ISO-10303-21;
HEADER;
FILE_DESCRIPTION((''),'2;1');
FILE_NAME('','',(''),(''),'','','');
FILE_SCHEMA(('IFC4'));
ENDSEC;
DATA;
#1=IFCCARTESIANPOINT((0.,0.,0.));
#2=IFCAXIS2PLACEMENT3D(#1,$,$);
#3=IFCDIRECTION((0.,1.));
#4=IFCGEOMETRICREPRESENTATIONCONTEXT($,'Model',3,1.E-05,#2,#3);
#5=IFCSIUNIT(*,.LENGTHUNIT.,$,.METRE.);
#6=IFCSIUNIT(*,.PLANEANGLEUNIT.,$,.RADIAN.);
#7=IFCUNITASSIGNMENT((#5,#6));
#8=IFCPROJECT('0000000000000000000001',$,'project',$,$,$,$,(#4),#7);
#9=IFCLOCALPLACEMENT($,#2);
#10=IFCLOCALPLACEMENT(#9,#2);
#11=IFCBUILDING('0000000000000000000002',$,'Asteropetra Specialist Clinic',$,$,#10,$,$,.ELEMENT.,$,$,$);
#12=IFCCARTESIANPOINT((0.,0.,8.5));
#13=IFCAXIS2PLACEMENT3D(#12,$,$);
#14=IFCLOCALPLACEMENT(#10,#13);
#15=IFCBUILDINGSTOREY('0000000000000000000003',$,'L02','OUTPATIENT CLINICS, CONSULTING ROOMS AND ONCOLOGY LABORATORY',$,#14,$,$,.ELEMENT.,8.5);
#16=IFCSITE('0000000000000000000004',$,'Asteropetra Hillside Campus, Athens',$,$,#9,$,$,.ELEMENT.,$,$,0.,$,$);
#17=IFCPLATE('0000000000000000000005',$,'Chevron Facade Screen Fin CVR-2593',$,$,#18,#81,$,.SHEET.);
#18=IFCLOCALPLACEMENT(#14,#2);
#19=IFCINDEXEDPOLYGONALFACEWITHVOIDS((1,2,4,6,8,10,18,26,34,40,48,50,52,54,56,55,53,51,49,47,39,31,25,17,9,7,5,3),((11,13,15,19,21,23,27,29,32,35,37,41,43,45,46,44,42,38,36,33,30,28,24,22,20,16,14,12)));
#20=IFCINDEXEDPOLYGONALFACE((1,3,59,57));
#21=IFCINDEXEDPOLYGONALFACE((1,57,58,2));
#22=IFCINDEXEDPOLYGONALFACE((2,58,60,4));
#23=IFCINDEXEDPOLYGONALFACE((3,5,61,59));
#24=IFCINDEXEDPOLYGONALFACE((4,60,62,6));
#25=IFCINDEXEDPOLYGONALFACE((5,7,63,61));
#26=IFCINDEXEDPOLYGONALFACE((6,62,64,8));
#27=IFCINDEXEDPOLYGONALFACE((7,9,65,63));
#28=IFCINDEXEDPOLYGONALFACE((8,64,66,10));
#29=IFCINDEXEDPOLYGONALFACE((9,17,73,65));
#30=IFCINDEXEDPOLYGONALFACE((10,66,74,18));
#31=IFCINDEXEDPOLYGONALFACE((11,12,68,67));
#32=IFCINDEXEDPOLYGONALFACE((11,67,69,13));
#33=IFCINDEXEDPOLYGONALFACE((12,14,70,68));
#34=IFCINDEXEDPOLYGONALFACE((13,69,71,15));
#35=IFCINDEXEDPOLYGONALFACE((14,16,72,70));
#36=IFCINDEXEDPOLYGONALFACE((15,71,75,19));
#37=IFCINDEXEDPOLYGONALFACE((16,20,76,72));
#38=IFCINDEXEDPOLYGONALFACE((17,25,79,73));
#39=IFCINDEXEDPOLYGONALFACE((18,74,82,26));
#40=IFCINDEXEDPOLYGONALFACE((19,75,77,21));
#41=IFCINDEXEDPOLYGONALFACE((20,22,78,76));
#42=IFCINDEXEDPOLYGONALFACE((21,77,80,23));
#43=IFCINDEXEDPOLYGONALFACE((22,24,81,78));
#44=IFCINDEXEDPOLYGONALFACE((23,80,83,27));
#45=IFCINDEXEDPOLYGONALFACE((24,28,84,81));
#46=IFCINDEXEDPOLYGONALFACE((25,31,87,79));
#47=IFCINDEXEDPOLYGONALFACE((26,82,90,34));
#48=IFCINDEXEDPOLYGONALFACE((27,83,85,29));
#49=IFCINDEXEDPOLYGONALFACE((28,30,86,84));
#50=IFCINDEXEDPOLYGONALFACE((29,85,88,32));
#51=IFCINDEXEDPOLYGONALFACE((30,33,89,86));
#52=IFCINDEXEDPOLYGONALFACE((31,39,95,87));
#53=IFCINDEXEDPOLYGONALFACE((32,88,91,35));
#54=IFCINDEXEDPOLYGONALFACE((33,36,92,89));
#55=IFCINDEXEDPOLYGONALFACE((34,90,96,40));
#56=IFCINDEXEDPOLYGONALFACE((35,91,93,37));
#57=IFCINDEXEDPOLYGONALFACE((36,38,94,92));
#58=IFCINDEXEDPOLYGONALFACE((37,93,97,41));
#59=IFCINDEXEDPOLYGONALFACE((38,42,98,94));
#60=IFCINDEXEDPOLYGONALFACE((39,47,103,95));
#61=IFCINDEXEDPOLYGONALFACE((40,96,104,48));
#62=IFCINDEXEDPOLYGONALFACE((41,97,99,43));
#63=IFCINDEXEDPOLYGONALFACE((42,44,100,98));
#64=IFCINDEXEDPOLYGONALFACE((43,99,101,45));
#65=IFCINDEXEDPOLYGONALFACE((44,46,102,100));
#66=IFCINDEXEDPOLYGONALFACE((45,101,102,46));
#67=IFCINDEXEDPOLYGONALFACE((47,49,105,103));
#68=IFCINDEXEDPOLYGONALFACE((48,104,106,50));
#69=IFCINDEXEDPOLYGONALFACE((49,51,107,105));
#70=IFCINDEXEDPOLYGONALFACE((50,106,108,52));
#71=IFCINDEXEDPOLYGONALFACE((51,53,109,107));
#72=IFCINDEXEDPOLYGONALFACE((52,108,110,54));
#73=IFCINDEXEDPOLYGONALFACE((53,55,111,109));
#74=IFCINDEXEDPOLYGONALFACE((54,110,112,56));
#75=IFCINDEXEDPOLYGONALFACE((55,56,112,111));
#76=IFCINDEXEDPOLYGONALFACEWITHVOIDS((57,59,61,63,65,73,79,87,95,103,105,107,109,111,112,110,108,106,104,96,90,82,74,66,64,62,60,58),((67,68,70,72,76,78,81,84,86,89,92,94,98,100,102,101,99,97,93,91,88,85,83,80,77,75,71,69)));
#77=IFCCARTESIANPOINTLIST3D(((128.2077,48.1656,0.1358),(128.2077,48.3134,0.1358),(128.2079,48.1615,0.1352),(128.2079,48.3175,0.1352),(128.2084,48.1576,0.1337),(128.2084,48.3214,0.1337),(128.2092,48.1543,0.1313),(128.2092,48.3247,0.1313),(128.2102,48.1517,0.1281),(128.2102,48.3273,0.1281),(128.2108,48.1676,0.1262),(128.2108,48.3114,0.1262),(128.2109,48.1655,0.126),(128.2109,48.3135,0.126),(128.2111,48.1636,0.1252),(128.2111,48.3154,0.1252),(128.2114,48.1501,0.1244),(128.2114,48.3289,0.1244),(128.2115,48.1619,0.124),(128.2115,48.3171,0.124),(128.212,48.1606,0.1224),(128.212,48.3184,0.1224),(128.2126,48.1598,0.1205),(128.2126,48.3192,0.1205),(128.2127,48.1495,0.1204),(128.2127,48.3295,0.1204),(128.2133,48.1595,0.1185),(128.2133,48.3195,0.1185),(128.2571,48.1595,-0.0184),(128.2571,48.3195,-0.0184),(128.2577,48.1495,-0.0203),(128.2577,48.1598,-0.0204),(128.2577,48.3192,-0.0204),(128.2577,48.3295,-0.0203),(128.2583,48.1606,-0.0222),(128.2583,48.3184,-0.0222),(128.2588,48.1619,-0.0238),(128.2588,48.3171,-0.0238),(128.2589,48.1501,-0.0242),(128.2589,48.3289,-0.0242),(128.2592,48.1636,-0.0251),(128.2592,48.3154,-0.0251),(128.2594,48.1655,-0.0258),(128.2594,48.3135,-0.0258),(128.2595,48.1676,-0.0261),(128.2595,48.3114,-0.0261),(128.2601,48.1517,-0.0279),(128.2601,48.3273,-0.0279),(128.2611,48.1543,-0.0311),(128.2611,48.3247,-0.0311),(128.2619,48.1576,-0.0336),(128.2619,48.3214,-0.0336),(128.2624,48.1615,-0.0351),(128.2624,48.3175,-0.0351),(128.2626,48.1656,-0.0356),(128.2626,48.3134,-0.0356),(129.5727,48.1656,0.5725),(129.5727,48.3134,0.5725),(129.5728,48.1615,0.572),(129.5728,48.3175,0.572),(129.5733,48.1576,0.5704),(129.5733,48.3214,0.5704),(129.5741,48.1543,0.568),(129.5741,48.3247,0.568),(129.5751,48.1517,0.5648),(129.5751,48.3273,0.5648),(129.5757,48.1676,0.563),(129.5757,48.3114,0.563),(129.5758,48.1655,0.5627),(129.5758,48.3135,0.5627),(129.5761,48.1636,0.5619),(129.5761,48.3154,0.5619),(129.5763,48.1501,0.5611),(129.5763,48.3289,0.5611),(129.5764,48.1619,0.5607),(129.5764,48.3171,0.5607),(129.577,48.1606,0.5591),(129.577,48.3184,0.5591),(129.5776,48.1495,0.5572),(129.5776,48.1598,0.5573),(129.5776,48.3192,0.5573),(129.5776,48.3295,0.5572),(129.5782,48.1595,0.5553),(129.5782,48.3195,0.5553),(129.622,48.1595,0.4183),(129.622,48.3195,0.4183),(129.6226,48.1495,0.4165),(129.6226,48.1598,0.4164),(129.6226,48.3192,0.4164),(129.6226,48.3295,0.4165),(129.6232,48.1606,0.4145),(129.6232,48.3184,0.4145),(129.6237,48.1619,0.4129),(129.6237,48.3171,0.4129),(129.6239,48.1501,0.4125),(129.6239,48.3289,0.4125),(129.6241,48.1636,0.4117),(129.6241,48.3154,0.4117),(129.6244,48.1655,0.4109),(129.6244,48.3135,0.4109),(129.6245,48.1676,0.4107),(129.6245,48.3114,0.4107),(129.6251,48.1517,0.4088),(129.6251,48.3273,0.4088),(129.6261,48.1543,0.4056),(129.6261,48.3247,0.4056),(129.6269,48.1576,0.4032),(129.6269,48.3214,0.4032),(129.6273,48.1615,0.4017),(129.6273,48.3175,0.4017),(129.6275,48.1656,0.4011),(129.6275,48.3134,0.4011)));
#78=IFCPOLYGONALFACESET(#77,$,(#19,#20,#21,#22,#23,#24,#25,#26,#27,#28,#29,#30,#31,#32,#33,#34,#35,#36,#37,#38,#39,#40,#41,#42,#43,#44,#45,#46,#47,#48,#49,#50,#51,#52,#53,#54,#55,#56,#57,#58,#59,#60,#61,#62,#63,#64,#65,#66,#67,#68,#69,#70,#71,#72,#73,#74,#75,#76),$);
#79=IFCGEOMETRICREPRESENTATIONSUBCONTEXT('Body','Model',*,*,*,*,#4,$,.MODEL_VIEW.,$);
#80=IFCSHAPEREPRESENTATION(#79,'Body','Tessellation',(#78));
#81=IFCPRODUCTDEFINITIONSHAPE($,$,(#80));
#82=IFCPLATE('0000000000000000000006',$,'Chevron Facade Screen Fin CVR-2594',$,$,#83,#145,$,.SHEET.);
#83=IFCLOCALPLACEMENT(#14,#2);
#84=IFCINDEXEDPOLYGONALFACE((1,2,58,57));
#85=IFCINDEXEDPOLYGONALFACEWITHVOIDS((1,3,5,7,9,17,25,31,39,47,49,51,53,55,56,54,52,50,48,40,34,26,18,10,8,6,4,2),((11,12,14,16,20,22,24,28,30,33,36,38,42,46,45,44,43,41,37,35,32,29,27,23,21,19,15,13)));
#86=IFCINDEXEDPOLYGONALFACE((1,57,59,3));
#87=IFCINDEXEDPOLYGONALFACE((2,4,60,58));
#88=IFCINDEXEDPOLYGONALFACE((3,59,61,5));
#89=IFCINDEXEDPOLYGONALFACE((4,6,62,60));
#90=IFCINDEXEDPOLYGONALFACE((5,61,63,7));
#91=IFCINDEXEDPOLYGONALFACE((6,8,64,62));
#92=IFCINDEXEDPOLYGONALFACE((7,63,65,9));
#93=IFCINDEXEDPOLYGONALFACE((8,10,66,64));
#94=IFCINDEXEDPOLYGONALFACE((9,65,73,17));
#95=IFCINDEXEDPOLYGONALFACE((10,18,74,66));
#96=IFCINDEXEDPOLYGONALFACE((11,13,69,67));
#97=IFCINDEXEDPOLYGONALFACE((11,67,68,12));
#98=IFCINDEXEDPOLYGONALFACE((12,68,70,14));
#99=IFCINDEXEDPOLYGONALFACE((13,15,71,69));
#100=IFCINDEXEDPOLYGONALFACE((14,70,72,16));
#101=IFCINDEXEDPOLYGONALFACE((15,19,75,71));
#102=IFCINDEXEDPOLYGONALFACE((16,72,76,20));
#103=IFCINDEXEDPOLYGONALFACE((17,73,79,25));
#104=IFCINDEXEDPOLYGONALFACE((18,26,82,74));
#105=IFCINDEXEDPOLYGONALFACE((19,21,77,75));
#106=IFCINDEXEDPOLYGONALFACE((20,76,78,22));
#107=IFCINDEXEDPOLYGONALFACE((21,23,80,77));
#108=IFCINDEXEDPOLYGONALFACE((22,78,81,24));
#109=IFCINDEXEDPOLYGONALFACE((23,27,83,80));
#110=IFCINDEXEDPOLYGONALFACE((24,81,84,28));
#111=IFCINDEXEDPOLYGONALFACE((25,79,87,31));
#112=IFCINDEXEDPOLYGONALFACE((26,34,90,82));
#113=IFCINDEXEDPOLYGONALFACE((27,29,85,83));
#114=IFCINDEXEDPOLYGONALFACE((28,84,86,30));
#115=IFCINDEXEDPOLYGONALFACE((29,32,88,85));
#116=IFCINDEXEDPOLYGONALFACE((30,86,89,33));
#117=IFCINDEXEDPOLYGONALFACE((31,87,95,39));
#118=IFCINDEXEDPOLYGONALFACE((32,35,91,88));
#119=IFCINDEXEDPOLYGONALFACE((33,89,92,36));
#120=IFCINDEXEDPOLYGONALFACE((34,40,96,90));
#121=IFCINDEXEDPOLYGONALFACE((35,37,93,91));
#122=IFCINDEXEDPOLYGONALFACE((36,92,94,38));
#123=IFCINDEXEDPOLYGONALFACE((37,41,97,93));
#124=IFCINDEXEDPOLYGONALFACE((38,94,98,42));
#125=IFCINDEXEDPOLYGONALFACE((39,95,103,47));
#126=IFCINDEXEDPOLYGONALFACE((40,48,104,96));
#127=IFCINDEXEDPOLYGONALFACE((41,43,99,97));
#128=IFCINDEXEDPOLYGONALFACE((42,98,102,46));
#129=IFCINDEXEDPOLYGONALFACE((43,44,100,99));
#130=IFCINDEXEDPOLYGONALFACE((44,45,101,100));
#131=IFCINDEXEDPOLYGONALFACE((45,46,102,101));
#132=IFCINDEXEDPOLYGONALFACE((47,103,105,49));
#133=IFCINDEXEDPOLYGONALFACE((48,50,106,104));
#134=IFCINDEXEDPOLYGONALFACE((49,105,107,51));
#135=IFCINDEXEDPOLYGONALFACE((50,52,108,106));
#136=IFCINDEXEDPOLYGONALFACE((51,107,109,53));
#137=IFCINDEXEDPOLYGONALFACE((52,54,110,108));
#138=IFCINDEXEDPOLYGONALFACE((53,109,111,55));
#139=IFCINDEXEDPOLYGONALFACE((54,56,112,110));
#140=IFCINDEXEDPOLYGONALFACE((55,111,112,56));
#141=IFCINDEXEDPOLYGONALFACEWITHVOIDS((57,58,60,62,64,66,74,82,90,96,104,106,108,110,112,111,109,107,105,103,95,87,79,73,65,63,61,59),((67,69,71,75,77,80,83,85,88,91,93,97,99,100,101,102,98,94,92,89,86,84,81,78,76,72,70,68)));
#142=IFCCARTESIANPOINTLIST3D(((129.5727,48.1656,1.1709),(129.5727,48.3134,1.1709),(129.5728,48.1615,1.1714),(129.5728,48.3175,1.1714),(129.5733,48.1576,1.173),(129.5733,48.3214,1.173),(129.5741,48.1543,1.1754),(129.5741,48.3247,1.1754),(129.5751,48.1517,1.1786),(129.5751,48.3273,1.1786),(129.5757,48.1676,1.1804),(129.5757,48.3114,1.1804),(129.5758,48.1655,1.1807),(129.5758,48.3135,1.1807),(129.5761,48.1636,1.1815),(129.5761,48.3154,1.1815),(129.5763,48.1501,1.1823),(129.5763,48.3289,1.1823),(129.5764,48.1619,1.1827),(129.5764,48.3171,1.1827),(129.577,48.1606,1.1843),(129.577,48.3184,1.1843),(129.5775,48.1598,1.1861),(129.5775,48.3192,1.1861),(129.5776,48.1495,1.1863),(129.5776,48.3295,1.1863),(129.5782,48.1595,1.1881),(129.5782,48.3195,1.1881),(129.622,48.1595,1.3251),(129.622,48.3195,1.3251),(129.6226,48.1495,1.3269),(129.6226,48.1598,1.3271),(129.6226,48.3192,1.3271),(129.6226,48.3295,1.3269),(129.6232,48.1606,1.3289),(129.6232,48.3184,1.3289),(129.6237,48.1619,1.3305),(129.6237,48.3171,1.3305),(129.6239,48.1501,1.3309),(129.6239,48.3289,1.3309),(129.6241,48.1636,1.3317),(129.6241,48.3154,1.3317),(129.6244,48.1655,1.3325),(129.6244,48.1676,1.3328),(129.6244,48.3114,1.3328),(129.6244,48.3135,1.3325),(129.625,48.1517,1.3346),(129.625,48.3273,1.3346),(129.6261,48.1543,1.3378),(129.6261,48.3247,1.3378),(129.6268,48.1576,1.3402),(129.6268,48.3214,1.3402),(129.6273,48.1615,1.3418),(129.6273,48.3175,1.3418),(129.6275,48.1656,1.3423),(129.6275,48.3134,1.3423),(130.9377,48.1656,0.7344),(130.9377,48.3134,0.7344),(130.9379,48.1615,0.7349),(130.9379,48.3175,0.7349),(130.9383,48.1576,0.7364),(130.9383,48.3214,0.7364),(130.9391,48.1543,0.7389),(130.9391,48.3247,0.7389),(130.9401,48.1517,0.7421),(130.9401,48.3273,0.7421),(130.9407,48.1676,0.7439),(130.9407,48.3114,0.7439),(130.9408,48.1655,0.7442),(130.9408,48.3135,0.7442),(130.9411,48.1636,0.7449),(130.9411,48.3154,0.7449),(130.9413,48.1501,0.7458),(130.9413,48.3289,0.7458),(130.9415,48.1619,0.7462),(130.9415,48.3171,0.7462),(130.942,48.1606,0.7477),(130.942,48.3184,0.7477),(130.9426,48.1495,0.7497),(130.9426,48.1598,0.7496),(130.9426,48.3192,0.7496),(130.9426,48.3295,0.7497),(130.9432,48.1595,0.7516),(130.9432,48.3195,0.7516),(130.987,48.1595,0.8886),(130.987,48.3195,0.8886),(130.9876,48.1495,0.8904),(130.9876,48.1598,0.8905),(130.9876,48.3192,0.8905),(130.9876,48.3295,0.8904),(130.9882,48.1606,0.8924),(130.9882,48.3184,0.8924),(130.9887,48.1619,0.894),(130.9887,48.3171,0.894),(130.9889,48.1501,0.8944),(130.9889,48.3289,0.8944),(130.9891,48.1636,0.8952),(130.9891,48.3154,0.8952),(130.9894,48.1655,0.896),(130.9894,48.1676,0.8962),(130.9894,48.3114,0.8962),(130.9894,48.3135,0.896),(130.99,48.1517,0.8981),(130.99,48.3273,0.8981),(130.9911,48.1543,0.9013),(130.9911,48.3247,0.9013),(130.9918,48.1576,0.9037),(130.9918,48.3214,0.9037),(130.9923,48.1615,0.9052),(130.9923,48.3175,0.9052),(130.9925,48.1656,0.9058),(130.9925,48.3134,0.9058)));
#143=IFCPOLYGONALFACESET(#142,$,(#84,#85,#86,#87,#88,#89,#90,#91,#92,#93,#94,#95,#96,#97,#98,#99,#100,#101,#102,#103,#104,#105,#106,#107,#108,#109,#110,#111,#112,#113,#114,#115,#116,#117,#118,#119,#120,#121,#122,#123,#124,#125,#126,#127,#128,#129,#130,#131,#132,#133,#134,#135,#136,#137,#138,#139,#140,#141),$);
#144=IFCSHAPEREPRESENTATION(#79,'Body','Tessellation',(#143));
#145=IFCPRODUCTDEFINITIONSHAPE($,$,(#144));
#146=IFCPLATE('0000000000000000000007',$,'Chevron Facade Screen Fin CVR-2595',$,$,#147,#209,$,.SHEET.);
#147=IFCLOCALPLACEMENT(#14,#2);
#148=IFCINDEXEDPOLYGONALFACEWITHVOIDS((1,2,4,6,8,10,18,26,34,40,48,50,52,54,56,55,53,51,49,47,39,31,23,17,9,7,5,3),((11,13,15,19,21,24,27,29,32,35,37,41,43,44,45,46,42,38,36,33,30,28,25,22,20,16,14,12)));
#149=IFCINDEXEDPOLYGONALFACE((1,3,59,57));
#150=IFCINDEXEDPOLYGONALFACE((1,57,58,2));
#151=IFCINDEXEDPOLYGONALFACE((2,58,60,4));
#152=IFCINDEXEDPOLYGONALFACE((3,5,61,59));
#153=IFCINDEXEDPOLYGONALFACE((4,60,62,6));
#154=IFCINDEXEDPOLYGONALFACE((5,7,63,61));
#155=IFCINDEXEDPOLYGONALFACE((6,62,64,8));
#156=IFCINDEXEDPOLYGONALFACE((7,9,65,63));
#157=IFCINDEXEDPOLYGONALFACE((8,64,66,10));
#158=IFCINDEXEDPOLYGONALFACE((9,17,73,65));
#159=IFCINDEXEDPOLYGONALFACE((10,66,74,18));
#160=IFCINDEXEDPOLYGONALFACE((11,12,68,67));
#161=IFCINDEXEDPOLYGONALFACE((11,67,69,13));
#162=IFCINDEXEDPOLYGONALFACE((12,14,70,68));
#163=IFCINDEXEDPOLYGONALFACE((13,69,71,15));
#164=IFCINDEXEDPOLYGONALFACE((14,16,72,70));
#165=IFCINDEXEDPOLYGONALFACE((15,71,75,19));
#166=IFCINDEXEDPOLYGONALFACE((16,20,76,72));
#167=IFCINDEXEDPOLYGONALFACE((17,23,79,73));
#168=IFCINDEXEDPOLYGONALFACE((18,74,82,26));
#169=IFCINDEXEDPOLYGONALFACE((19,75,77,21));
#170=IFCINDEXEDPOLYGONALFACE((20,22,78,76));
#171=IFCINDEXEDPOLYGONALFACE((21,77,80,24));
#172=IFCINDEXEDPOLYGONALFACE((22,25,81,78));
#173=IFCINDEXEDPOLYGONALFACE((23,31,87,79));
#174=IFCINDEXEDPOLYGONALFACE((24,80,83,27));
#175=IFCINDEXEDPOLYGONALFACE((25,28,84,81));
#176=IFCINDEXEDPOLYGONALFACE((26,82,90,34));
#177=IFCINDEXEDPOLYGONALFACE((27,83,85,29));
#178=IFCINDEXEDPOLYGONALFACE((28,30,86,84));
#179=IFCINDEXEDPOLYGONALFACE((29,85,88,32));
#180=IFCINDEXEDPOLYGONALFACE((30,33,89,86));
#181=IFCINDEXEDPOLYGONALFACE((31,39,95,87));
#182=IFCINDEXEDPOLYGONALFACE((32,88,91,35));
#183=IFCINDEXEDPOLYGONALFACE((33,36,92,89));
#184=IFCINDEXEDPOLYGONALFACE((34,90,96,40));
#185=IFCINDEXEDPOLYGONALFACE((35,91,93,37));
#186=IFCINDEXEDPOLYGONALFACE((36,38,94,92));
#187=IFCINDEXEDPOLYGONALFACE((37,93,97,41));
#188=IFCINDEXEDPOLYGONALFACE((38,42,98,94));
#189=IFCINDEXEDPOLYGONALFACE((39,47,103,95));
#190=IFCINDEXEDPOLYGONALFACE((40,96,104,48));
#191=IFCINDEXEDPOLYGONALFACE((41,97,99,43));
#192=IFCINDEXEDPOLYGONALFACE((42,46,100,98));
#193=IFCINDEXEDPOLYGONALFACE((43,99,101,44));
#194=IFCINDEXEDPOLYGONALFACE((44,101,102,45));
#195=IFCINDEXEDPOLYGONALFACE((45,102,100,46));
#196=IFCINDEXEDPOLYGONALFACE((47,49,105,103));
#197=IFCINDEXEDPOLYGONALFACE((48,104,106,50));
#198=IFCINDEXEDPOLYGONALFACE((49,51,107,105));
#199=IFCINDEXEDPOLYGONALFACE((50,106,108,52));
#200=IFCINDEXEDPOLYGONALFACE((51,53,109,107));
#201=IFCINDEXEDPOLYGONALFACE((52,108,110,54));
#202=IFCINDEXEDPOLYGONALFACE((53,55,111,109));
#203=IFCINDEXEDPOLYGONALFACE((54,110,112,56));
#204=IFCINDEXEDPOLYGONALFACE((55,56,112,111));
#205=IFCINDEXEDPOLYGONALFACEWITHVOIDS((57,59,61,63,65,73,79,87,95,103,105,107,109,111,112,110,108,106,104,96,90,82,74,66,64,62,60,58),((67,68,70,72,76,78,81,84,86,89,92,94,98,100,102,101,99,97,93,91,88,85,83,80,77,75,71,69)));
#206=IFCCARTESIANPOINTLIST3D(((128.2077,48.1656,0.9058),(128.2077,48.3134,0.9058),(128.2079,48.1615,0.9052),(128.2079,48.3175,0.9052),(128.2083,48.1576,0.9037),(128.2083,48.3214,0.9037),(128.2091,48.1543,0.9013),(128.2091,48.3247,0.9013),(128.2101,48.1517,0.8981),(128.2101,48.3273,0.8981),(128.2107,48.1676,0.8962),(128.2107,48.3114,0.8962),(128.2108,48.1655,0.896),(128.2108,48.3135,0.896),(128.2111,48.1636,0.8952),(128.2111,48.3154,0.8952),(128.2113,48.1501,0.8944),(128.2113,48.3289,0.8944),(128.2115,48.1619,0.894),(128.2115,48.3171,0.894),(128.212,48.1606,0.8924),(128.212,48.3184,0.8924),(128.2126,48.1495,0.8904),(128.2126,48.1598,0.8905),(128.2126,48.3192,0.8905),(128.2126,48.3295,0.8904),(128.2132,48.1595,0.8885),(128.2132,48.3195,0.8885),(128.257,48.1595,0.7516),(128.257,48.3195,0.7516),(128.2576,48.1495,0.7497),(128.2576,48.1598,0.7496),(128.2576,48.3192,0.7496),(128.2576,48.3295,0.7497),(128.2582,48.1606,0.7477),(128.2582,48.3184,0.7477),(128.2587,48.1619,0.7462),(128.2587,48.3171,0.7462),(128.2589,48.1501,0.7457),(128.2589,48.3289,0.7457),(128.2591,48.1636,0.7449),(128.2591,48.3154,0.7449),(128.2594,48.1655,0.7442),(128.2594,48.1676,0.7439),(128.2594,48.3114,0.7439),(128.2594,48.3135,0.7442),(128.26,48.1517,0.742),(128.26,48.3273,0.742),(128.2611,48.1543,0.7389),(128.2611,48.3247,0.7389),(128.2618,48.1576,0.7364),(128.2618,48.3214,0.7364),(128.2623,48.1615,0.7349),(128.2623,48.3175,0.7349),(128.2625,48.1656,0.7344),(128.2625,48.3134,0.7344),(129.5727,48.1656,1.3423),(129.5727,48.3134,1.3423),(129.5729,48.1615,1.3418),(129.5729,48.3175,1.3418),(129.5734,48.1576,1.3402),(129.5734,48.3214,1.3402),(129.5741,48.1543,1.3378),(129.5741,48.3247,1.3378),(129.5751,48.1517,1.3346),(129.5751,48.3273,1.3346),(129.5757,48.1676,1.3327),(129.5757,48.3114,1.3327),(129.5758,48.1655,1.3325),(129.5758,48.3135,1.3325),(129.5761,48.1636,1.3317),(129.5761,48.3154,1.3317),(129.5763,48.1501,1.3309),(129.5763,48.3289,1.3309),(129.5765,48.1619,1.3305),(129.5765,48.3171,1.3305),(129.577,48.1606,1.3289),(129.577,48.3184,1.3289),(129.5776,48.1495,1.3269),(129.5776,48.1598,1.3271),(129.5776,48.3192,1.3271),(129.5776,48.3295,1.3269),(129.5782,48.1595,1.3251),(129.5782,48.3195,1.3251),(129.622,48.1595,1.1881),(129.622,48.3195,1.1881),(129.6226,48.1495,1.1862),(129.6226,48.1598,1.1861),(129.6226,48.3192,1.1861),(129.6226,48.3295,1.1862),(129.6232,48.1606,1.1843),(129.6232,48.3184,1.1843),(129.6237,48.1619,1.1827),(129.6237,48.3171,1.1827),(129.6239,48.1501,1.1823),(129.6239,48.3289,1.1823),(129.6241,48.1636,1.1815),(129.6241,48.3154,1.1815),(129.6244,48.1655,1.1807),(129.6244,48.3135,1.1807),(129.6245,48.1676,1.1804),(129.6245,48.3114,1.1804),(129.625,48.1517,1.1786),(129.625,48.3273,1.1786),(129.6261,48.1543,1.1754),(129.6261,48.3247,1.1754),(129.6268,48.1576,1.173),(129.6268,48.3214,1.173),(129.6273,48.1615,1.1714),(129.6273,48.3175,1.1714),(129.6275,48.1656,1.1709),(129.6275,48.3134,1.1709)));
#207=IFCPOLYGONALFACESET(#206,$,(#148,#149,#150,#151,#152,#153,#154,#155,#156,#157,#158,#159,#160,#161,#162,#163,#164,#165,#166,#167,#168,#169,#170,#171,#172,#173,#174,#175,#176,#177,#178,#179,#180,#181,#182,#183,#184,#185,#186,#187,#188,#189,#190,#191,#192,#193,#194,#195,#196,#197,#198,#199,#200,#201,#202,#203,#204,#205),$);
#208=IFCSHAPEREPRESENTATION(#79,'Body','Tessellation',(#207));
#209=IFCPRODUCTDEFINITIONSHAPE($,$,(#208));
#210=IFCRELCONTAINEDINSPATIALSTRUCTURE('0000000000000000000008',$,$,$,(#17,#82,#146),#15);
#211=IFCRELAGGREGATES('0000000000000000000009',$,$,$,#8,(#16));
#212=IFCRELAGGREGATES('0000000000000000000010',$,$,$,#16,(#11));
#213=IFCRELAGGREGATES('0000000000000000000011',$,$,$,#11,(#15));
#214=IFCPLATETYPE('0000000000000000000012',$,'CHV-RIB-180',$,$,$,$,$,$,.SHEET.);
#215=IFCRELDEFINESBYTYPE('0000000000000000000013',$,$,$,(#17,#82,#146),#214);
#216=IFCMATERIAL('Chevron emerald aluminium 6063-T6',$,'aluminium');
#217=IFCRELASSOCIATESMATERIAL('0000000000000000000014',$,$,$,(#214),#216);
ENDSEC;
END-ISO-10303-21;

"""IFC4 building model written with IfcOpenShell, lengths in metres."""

from ifc_helpers import new_model, si_unit, direction, frame, origin, origin_2d, place, context, subcontext, project, spatial, hollow_rectangle, extrude, material, material_profile, profile_set, type_object, element, save


model = new_model("IFC4")

# Units and contexts
model_context = context("Model", 3, precision=1e-05, world=origin(), true_north=direction((0.0, 1.0)))
body_context = subcontext(model_context, "Body", "Model", "MODEL_VIEW")
ifc_project = project(units=[si_unit("LENGTHUNIT", "METRE"), si_unit("PLANEANGLEUNIT", "RADIAN")], contexts=[model_context])

# Site, building, storey
site_placement = place(None, origin())
site = spatial("IfcSite", under=ifc_project, at=site_placement, Name="Asteropetra Hillside Campus, Athens", CompositionType="ELEMENT", RefElevation=0.0)
building_placement = place(site_placement, origin())
building = spatial("IfcBuilding", under=site, at=building_placement, Name="Asteropetra Specialist Clinic", CompositionType="ELEMENT")
storey_placement = place(building_placement, frame((0.0, 0.0, 8.5)))
storey = spatial("IfcBuildingStorey", under=building, at=storey_placement, Name="L02", Description="OUTPATIENT CLINICS, CONSULTING ROOMS AND ONCOLOGY LABORATORY", CompositionType="ELEMENT", Elevation=8.5)

# Plates
ifc_material_1 = material(Name="Chevron emerald aluminium 6063-T6", Category="aluminium")
ifc_material_profile_1 = material_profile(ifc_material_1, hollow_rectangle(XDim=0.1799, YDim=0.1799, WallThickness=0.01, InnerFilletRadius=0.0081, OuterFilletRadius=0.0161, at=origin_2d()), Name="SHS 180x180x10.0")
ifc_profile_set_1 = profile_set([ifc_material_profile_1], Name="Chevron emerald aluminium 6063-T6")
plate_type = type_object("IfcPlateType", Name="CHV-RIB-180", PredefinedType="SHEET", material=ifc_profile_set_1)
for number, where, z_axis, x_axis, name in (
    (1, (129.6001, 48.2395, 0.4868), (-0.95243, 0.0, -0.304757), (0.0, -1.0, 0.0), "Chevron Facade Screen Fin CVR-2593"),
    (2, (130.9651, 48.2395, 0.8201), (-0.95248, 0.0, 0.304603), (0.0, -1.0, 0.0), "Chevron Facade Screen Fin CVR-2594"),
    (3, (129.6001, 48.2395, 1.2566), (-0.95248, 0.0, -0.304603), (0.0, -1.0, 0.0), "Chevron Facade Screen Fin CVR-2595"),
):
    element("IfcPlate", number, at=place(storey_placement, frame(where, z_axis=z_axis, x_axis=x_axis)), inside=storey, type_object=plate_type, Name=name, PredefinedType="SHEET", context=body_context, shape_type="SweptSolid", body=[
        extrude(hollow_rectangle(XDim=0.1799, YDim=0.1799, WallThickness=0.01, InnerFilletRadius=0.0081, OuterFilletRadius=0.0161, at=origin_2d()), origin(), (0.0, 0.0, 1.0), 1.4331),
    ])

save(model, "model.ifc")
